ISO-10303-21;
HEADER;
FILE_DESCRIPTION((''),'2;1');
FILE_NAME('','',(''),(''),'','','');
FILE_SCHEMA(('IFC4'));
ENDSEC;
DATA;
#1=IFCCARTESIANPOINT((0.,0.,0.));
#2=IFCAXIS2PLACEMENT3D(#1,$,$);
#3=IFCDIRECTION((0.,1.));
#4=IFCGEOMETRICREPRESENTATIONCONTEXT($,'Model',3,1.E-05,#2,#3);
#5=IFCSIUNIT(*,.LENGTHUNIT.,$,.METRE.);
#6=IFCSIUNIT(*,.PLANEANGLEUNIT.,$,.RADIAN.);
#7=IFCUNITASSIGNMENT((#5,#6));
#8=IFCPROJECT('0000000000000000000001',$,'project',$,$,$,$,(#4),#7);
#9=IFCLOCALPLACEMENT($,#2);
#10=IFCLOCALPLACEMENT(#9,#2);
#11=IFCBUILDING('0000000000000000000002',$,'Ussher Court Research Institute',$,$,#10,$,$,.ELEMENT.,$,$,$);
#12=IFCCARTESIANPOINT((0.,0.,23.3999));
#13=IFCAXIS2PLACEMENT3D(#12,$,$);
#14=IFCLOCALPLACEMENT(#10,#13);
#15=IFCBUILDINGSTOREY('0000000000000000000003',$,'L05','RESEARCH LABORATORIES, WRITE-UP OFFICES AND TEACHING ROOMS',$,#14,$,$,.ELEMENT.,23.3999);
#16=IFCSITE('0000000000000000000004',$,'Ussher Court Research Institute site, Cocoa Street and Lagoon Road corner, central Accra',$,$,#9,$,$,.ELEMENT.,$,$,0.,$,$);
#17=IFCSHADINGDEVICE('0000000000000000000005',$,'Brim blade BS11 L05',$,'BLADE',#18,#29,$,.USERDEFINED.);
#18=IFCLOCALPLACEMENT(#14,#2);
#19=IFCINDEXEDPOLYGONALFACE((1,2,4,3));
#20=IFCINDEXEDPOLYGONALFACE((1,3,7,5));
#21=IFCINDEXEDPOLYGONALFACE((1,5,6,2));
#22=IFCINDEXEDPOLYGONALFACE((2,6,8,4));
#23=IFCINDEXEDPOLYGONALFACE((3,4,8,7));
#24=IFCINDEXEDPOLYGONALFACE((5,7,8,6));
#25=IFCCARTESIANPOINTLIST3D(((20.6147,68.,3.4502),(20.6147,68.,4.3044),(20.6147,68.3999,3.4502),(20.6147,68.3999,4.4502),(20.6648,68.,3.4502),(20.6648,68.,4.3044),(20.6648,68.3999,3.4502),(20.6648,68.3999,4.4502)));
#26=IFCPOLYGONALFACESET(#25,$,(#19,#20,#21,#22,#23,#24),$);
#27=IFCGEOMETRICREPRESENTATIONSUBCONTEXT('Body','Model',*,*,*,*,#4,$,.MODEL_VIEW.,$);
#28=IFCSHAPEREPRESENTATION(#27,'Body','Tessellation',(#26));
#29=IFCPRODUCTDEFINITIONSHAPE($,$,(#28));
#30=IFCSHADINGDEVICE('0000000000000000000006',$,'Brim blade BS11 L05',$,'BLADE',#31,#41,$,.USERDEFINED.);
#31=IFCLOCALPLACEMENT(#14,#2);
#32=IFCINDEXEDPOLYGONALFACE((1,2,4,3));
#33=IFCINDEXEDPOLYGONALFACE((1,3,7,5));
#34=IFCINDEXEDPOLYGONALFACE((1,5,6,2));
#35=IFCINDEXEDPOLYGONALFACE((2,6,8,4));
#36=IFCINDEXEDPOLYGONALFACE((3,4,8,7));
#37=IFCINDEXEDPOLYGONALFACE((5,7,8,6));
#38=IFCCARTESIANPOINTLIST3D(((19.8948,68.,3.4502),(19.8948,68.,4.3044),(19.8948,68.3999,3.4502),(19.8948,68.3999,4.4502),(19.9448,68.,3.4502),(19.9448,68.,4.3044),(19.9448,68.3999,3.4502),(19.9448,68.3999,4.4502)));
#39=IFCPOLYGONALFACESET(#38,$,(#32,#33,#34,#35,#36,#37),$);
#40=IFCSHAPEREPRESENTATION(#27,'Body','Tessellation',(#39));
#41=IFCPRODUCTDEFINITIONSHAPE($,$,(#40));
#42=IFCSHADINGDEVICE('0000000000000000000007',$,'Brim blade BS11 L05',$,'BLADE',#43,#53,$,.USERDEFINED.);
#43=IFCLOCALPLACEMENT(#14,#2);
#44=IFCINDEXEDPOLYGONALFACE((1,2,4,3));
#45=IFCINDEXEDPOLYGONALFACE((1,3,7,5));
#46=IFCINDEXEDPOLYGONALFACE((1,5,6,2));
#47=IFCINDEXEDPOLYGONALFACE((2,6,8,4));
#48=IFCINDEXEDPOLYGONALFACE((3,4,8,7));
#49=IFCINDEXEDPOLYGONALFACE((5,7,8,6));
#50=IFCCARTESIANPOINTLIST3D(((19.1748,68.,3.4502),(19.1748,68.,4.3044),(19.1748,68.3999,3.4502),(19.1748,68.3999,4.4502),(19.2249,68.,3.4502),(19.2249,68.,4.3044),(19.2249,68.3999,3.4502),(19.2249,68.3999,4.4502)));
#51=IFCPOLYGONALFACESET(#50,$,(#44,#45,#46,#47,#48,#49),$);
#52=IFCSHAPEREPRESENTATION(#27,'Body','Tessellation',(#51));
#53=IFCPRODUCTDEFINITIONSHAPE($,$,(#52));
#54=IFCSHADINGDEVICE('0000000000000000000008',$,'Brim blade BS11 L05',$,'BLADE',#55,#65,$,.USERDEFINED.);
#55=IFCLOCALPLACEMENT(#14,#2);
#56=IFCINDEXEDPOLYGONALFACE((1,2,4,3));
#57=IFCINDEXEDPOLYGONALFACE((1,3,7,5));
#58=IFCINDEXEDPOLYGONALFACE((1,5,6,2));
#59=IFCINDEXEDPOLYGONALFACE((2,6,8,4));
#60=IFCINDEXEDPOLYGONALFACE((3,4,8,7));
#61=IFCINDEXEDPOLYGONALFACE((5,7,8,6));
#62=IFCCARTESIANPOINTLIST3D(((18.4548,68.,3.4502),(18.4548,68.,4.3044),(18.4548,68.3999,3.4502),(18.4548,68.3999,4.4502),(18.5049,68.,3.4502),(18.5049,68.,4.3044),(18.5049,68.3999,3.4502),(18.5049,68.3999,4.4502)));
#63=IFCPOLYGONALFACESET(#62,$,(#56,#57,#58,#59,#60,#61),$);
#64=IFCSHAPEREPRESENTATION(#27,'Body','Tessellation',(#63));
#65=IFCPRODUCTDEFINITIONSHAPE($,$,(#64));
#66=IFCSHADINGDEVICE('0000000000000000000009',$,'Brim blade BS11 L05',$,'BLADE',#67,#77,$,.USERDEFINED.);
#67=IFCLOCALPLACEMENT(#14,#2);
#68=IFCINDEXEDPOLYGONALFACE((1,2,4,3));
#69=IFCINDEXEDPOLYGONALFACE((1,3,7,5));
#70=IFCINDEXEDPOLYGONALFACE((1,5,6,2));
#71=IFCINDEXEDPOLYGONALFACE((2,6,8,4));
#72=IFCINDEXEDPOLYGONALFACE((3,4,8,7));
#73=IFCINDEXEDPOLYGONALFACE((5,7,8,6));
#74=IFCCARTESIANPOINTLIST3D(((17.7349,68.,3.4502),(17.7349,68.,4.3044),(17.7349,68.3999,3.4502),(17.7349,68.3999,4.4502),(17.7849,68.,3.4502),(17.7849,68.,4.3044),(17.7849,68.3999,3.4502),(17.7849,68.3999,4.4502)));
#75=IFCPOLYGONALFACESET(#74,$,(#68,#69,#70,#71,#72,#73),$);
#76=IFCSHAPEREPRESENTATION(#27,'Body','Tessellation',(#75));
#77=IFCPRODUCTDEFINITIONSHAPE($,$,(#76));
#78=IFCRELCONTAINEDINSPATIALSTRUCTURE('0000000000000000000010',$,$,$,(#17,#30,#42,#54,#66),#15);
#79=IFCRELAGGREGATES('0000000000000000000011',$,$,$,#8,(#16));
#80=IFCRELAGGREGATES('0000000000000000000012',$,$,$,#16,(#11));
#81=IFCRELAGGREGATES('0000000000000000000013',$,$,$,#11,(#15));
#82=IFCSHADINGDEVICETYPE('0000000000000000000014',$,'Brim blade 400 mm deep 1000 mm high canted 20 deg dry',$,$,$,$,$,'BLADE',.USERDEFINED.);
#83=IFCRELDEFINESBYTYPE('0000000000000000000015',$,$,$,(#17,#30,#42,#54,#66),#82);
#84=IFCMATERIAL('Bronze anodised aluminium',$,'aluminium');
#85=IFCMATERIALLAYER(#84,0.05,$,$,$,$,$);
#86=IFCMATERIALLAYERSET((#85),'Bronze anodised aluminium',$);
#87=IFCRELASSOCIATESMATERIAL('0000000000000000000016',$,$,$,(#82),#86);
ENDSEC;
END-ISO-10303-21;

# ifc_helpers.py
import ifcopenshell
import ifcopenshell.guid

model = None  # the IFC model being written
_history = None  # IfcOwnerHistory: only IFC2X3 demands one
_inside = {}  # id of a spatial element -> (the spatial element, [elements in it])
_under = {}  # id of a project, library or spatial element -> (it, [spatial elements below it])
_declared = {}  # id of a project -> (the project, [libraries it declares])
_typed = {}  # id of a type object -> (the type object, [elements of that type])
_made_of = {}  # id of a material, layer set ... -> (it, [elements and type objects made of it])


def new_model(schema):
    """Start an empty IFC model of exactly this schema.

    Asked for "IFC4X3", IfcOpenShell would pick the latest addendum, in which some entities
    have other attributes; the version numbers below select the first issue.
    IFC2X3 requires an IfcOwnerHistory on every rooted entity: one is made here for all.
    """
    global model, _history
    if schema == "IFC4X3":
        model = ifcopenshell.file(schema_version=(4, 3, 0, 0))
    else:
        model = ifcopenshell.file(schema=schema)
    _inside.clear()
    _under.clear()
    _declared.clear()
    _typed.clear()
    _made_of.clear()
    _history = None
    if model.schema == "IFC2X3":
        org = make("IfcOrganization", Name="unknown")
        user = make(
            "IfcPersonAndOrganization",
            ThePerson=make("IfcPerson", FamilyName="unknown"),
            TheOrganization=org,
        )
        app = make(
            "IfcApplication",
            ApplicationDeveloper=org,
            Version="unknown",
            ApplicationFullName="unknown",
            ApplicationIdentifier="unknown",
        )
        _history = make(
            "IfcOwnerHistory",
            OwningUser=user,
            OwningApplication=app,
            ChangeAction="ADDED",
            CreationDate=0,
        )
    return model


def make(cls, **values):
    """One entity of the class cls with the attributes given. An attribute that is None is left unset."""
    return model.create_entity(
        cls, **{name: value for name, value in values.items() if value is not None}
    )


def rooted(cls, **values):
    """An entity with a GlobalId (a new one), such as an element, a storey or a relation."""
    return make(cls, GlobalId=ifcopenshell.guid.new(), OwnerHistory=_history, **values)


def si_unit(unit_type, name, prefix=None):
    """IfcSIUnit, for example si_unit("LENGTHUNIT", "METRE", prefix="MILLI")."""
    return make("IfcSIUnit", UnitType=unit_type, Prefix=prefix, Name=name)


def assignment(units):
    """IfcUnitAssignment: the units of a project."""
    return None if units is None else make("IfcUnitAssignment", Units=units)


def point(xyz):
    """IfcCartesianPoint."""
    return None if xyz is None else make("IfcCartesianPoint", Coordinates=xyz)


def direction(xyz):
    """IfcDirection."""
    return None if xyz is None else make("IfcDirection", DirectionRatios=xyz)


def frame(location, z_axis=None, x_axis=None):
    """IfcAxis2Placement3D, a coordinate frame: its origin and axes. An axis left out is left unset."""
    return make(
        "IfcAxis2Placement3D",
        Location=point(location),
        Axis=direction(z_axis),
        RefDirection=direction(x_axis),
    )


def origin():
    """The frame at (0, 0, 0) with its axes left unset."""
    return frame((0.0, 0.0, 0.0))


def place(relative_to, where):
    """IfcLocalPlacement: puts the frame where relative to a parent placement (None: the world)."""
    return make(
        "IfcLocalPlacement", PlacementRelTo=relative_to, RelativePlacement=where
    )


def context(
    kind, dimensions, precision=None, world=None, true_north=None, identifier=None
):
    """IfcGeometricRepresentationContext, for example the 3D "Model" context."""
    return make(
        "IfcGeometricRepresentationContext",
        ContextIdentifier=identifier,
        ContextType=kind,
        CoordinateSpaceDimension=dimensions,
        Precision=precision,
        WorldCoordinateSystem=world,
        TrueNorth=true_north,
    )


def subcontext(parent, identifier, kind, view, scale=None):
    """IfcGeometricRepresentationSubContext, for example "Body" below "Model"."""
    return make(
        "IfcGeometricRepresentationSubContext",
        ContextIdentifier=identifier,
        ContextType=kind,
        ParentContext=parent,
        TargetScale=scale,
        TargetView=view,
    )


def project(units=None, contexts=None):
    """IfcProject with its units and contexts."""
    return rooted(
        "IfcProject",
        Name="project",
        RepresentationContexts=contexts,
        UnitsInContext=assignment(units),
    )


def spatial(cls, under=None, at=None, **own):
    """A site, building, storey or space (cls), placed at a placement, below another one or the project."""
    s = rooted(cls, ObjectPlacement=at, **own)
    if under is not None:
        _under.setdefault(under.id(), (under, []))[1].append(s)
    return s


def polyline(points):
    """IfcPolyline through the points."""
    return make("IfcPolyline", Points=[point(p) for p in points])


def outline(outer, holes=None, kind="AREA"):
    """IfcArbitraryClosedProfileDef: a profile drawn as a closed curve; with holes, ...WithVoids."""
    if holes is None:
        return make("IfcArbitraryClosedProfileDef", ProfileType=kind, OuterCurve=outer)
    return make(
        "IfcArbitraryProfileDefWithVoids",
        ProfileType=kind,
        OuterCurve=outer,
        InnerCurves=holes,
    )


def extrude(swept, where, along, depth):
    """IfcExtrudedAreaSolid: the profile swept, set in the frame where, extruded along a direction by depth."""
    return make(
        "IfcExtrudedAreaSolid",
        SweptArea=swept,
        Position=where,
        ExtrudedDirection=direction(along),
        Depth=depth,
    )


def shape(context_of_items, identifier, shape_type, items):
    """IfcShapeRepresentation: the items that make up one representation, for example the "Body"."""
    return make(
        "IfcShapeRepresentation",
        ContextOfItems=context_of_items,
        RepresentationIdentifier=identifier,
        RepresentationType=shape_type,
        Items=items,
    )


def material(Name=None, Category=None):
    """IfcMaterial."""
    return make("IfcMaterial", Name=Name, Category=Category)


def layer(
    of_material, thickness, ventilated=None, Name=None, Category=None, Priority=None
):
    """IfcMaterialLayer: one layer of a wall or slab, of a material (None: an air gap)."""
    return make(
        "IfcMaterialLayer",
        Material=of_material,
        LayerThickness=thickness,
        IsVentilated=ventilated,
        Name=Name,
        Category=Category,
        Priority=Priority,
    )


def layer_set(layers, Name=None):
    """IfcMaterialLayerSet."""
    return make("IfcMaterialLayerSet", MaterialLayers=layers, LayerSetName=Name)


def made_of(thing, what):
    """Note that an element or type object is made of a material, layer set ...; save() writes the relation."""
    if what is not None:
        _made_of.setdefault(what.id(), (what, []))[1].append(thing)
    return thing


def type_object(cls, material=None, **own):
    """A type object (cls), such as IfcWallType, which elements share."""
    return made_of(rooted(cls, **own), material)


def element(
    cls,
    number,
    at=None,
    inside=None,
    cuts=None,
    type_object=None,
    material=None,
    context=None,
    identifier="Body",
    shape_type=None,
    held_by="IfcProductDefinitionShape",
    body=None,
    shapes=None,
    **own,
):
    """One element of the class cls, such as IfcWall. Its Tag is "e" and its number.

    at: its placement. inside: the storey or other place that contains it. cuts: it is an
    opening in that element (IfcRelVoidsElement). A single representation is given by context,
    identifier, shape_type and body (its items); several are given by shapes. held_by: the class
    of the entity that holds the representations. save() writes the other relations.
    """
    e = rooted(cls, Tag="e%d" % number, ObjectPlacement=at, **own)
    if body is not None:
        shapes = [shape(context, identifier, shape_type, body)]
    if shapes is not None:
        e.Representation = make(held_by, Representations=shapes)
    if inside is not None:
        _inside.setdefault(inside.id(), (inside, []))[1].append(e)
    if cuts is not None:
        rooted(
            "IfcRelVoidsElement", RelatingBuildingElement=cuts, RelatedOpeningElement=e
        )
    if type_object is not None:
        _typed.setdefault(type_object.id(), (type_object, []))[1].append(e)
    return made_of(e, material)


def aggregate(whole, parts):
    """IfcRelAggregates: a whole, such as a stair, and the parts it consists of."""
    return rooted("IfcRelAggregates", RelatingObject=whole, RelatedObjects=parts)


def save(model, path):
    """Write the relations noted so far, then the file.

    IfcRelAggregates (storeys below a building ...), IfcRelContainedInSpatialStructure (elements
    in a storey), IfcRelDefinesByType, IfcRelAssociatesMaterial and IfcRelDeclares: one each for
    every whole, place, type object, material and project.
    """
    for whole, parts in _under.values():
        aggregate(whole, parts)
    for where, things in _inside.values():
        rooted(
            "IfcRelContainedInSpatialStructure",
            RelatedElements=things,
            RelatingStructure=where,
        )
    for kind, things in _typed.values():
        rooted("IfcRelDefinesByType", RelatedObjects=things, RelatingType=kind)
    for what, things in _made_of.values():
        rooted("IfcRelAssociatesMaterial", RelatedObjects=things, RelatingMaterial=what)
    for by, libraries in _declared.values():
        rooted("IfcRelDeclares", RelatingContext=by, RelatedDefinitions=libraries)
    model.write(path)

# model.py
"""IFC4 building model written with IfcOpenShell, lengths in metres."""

from ifc_helpers import new_model, si_unit, direction, frame, origin, place, context, subcontext, project, spatial, polyline, outline, extrude, material, layer, layer_set, type_object, element, save


model = new_model("IFC4")

# Units and contexts
model_context = context("Model", 3, precision=1e-05, world=origin(), true_north=direction((0.0, 1.0)))
body_context = subcontext(model_context, "Body", "Model", "MODEL_VIEW")
ifc_project = project(units=[si_unit("LENGTHUNIT", "METRE"), si_unit("PLANEANGLEUNIT", "RADIAN")], contexts=[model_context])

# Site, building, storey
site_placement = place(None, origin())
site = spatial("IfcSite", under=ifc_project, at=site_placement, Name="Ussher Court Research Institute site, Cocoa Street and Lagoon Road corner, central Accra", CompositionType="ELEMENT", RefElevation=0.0)
building_placement = place(site_placement, origin())
building = spatial("IfcBuilding", under=site, at=building_placement, Name="Ussher Court Research Institute", CompositionType="ELEMENT")
storey_placement = place(building_placement, frame((0.0, 0.0, 23.3999)))
storey = spatial("IfcBuildingStorey", under=building, at=storey_placement, Name="L05", Description="RESEARCH LABORATORIES, WRITE-UP OFFICES AND TEACHING ROOMS", CompositionType="ELEMENT", Elevation=23.3999)

# Shading devices
ifc_material_1 = material(Name="Bronze anodised aluminium", Category="aluminium")
ifc_layer_1 = layer(ifc_material_1, 0.05)
ifc_layer_set_1 = layer_set([ifc_layer_1], Name="Bronze anodised aluminium")
shading_device_type_1 = type_object("IfcShadingDeviceType", Name="Brim blade 400 mm deep 1000 mm high canted 20 deg dry", ElementType="BLADE", PredefinedType="USERDEFINED", material=ifc_layer_set_1)
for number, where, z_axis, x_axis, name in (
    (1, (20.6399, 68.3999, 3.4502), (0.0, 0.0, 1.0), (0.0, -1.0, 0.0), "Brim blade BS11 L05"),
    (2, (19.9199, 68.3999, 3.4502), (0.0, 0.0, 1.0), (0.0, -1.0, 0.0), "Brim blade BS11 L05"),
    (3, (19.2, 68.3999, 3.4502), (0.0, 0.0, 1.0), (0.0, -1.0, 0.0), "Brim blade BS11 L05"),
    (4, (18.48, 68.3999, 3.4502), (0.0, 0.0, 1.0), (0.0, -1.0, 0.0), "Brim blade BS11 L05"),
    (5, (17.76, 68.3999, 3.4502), (0.0, 0.0, 1.0), (0.0, -1.0, 0.0), "Brim blade BS11 L05"),
):
    element("IfcShadingDevice", number, at=place(storey_placement, frame(where, z_axis=z_axis, x_axis=x_axis)), inside=storey, type_object=shading_device_type_1, Name=name, ObjectType="BLADE", PredefinedType="USERDEFINED", context=body_context, shape_type="SweptSolid", body=[
        extrude(outline(polyline([(0.0, 0.0), (0.3999, 0.0), (0.3999, 0.8542), (0.0, 1.0), (0.0, 0.0)])), frame((0.0, 0.0249, 0.0), z_axis=(0.0, -1.0, 0.0), x_axis=(1.0, 0.0, 0.0)), (0.0, 0.0, 1.0), 0.05),
    ])

save(model, "model.ifc")
